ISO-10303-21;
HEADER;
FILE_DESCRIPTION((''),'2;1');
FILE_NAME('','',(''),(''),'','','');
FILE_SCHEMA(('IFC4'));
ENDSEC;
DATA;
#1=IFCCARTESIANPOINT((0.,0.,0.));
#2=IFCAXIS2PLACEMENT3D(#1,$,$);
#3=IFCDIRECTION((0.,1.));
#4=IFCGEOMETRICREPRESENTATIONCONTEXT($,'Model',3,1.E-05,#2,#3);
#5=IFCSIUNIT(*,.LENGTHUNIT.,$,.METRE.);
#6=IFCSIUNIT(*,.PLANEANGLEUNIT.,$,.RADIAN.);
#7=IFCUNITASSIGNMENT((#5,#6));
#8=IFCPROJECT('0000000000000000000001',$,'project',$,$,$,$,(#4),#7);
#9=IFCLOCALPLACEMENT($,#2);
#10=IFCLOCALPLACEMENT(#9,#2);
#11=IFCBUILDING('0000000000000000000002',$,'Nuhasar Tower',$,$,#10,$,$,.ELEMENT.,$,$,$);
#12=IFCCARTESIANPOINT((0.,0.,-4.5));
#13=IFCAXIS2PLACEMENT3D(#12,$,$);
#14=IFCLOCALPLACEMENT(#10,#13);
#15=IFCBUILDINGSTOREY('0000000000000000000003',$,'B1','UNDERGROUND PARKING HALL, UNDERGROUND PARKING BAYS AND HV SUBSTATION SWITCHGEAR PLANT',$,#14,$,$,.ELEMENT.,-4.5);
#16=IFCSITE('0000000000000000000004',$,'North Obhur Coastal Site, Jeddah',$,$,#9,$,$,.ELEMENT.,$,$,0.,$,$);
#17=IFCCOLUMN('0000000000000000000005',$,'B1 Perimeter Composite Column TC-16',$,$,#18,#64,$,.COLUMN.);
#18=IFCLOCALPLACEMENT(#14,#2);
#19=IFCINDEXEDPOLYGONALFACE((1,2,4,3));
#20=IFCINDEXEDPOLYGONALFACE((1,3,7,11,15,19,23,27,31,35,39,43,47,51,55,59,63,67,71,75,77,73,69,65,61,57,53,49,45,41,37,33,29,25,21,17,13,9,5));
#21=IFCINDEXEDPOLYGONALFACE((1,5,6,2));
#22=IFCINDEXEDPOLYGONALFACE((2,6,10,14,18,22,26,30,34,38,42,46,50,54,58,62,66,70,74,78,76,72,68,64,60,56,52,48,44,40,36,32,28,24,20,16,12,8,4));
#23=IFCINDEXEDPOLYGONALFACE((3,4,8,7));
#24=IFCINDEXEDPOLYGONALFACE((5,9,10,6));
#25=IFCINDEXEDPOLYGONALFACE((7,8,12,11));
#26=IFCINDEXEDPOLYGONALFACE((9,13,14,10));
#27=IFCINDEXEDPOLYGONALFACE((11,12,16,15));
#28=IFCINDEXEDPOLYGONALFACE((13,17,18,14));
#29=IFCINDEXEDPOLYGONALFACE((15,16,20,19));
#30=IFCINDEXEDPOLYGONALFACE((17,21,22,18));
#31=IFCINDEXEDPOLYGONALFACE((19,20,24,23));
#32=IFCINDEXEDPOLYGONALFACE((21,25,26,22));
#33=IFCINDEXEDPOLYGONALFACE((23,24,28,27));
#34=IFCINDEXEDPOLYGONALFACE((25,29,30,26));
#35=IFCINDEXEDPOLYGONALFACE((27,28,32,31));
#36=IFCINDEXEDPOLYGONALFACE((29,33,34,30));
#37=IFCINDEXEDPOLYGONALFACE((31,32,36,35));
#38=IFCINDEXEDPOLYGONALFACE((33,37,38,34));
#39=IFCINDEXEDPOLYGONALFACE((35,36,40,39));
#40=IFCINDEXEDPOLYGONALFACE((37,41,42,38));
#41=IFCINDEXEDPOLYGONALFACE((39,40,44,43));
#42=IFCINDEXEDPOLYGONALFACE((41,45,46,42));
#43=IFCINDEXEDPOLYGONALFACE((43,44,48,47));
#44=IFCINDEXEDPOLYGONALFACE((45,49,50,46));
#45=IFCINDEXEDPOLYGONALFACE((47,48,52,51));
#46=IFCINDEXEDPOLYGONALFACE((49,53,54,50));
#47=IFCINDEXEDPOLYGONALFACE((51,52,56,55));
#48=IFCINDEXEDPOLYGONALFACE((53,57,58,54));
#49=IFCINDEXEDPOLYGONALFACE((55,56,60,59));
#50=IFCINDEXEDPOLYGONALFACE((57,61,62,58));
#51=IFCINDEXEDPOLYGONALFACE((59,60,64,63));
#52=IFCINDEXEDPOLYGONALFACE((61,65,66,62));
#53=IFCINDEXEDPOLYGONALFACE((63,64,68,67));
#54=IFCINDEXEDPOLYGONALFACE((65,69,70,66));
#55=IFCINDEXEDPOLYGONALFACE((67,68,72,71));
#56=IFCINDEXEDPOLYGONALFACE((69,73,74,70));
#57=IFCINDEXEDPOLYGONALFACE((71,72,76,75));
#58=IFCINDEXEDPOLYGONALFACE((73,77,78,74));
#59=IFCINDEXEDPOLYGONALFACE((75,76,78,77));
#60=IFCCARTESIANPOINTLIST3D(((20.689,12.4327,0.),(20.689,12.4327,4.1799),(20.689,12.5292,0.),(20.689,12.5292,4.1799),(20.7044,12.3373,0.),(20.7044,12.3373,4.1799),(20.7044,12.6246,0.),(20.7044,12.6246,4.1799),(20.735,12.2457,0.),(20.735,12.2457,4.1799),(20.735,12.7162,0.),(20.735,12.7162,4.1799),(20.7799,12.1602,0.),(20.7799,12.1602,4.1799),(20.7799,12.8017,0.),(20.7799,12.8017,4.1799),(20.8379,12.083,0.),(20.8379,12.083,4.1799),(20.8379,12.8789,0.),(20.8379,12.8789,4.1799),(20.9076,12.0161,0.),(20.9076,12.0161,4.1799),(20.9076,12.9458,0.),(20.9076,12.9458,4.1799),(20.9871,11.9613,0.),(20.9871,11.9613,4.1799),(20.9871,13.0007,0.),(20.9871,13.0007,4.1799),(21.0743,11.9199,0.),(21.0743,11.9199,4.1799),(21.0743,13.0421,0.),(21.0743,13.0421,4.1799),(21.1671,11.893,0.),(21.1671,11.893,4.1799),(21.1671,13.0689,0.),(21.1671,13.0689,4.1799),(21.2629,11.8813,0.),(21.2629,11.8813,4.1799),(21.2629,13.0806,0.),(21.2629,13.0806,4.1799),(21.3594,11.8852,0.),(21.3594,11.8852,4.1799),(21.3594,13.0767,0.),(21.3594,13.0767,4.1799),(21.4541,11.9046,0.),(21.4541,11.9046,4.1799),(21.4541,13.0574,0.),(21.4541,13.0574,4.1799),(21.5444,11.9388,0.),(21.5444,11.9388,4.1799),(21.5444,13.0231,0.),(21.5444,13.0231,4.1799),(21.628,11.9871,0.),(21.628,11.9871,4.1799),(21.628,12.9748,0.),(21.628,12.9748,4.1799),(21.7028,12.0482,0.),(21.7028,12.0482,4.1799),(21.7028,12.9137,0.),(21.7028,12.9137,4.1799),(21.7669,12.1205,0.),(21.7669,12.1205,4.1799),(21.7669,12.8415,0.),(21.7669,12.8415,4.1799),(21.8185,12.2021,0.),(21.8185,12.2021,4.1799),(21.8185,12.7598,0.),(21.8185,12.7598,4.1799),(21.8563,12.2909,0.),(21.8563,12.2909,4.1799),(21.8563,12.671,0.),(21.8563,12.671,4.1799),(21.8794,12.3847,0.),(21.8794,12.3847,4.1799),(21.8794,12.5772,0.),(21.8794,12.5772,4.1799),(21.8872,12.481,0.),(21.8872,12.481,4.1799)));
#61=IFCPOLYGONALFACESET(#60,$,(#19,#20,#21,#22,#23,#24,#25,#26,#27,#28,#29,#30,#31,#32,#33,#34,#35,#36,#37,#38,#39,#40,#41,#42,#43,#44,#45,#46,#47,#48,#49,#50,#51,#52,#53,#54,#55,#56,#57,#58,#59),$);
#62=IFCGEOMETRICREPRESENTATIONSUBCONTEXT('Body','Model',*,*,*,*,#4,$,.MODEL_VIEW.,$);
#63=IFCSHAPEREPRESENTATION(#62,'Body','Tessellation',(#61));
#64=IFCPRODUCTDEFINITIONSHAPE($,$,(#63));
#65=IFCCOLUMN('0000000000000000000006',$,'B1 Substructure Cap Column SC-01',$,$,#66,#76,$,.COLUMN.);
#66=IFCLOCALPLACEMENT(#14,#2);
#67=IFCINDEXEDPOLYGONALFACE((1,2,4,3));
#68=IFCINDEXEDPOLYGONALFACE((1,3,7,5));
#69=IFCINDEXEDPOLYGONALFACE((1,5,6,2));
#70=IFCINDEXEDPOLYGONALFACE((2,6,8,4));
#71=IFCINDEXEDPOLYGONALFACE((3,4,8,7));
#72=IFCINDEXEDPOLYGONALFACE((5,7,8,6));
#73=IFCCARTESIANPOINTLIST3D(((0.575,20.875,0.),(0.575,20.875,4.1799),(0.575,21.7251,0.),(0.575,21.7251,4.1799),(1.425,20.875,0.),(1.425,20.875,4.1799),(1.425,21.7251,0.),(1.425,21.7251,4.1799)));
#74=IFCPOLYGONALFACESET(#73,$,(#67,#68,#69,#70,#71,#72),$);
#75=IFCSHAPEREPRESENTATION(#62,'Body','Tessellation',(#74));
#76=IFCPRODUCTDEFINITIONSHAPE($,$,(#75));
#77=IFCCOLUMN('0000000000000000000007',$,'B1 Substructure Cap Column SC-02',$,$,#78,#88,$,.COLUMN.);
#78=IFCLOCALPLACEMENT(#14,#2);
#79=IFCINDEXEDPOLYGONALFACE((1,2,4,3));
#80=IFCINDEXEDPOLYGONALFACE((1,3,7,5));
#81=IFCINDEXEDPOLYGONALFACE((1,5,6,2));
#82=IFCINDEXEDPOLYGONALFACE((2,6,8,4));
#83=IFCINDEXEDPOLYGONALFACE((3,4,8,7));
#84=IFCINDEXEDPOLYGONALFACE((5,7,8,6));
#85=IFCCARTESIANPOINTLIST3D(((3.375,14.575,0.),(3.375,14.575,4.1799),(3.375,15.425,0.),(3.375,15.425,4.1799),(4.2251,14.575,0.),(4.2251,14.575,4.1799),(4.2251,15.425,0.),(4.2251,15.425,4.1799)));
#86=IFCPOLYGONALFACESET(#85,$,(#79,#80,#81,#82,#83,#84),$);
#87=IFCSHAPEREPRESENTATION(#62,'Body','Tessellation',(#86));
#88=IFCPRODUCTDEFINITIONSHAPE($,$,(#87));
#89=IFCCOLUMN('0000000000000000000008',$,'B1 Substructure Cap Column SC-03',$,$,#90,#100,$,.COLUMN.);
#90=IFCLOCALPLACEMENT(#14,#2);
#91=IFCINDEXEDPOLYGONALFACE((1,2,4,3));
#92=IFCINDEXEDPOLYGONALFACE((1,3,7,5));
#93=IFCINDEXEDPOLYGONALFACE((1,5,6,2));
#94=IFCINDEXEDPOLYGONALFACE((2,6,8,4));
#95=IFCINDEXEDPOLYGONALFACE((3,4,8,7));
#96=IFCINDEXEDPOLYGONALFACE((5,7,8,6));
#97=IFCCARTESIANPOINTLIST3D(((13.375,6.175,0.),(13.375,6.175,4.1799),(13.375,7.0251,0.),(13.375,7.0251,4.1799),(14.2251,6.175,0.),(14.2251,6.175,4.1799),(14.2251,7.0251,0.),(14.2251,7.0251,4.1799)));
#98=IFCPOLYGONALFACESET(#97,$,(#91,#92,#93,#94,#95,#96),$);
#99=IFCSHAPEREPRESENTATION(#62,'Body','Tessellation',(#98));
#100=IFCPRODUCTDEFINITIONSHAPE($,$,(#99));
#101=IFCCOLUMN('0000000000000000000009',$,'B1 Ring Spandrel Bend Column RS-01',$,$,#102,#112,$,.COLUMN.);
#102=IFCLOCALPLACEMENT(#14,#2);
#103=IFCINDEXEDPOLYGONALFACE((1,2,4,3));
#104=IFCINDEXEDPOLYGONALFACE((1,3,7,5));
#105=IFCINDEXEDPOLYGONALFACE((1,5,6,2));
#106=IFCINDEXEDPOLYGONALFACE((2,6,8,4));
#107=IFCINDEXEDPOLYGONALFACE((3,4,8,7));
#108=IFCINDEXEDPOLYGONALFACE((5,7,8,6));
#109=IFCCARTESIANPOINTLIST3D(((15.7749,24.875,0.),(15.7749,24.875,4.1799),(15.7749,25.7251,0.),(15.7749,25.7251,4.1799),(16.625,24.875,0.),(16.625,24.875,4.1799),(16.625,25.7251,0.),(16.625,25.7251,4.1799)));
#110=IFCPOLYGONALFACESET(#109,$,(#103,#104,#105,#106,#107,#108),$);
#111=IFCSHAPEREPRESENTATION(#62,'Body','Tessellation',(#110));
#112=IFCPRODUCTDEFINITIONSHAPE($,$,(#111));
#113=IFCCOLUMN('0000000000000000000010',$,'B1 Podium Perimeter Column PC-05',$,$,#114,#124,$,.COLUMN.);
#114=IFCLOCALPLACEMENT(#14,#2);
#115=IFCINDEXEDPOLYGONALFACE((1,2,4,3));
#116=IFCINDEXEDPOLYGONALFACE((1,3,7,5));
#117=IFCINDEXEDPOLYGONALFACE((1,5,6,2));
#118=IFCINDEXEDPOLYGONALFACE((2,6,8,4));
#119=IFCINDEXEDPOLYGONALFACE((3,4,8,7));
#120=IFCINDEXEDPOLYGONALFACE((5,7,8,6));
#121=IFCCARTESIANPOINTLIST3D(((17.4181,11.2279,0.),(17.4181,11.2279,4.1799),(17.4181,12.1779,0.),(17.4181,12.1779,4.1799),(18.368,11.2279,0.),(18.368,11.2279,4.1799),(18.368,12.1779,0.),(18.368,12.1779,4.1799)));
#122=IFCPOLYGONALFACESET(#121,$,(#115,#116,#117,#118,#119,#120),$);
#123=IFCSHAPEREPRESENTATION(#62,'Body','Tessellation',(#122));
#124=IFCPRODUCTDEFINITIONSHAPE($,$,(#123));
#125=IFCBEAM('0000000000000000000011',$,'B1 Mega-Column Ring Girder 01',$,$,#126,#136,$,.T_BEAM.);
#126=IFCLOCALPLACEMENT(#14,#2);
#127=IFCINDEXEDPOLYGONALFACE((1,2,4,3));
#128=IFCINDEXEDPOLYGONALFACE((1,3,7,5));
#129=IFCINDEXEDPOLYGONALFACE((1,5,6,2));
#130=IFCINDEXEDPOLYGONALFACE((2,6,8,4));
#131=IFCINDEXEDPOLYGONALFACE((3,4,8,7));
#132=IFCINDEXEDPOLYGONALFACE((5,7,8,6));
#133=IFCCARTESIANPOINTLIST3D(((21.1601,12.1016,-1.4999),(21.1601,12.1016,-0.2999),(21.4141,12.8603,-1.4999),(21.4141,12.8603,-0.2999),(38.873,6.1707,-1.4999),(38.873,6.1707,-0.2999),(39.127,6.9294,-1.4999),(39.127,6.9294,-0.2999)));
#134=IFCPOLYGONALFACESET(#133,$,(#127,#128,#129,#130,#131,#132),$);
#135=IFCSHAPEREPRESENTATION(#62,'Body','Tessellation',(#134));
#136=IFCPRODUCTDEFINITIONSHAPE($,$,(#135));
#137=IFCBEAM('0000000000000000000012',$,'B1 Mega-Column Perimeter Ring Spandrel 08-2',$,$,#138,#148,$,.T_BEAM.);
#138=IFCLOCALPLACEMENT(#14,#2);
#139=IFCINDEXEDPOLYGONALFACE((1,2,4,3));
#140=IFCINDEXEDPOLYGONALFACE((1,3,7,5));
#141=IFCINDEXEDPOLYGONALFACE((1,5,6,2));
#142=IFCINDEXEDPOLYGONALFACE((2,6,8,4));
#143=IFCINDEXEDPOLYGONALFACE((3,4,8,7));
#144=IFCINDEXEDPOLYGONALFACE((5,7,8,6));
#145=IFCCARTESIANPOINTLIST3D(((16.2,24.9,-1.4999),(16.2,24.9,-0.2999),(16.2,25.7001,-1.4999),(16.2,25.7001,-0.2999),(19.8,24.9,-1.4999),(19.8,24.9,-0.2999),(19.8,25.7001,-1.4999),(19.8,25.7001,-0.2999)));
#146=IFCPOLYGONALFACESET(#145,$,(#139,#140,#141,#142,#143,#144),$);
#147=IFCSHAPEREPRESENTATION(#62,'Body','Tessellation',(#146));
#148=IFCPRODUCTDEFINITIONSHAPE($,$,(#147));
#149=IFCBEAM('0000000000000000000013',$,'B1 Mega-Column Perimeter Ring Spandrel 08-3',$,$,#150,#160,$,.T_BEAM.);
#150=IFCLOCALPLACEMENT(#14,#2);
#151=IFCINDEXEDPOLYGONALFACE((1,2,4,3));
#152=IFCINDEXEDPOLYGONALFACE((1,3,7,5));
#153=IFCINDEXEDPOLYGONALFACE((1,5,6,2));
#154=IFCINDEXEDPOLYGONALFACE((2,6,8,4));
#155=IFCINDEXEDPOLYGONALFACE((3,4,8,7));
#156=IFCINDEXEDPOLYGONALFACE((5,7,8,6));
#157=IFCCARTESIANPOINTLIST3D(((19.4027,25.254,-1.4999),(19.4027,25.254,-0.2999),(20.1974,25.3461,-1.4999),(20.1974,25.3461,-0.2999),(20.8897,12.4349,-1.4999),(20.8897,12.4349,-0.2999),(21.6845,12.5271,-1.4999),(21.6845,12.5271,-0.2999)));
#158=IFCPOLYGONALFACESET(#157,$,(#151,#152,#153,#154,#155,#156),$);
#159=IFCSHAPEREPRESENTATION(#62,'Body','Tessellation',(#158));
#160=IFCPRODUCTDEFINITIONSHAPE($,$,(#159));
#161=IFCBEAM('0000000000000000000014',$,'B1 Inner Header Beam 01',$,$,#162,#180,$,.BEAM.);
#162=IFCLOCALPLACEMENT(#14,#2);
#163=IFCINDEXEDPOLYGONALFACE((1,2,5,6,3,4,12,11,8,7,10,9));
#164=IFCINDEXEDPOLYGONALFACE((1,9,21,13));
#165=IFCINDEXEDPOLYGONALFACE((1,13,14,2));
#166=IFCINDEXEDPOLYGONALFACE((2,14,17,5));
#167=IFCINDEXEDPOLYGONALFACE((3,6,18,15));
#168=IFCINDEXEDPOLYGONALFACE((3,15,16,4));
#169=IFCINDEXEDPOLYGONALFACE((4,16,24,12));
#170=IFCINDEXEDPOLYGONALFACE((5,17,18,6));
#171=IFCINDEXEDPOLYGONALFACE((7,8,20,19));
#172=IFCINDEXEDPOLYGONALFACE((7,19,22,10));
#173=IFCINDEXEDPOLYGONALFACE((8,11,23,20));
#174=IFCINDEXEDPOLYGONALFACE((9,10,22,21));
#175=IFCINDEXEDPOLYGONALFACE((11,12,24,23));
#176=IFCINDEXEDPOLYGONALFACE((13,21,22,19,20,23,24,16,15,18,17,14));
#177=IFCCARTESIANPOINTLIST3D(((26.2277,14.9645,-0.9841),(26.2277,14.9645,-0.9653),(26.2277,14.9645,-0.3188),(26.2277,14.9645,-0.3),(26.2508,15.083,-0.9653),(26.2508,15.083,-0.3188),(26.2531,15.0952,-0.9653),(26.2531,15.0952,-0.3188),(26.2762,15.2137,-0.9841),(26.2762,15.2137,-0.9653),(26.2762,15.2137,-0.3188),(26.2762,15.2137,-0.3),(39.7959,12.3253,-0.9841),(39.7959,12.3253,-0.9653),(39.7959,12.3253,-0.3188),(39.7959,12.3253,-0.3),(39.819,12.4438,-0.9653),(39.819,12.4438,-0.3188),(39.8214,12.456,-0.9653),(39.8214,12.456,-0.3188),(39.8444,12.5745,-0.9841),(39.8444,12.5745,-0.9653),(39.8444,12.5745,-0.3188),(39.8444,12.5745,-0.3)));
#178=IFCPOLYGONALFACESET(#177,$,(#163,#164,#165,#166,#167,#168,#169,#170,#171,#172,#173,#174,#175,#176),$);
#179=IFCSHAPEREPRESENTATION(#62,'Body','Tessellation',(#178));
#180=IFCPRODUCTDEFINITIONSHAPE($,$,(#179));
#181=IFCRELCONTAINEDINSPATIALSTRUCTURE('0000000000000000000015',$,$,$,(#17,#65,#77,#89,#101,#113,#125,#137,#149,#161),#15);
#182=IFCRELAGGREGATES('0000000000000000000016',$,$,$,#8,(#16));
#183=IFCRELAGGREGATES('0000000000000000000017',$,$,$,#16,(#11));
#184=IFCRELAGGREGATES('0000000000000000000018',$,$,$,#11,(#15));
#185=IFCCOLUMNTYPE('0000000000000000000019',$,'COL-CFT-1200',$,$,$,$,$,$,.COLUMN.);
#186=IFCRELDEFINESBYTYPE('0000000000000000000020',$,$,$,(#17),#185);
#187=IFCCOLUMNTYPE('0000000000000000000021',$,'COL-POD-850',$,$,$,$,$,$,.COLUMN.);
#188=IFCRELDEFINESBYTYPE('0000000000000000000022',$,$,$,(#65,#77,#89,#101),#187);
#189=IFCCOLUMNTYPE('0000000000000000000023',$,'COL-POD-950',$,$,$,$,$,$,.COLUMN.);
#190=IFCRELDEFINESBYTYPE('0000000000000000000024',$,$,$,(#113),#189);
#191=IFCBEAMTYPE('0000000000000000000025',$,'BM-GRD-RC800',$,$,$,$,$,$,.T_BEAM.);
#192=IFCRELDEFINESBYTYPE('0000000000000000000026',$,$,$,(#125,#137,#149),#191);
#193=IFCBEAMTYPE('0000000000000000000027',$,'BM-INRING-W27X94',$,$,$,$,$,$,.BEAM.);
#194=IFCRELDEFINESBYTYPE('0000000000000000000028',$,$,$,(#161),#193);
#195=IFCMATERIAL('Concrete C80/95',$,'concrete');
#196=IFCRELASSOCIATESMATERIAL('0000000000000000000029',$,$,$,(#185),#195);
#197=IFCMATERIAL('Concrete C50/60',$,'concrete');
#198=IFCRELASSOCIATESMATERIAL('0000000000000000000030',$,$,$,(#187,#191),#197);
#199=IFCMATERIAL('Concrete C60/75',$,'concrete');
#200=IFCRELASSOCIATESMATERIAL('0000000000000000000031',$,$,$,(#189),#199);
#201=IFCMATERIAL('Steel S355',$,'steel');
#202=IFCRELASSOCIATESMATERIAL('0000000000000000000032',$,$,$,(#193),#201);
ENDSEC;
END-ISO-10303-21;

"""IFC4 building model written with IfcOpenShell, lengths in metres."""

from ifc_helpers import new_model, si_unit, direction, frame, origin, origin_2d, place, context, subcontext, project, spatial, rectangle, circle, i_section, extrude, material, material_profile, profile_set, type_object, element, save


model = new_model("IFC4")

# Units and contexts
model_context = context("Model", 3, precision=1e-05, world=origin(), true_north=direction((0.0, 1.0)))
body_context = subcontext(model_context, "Body", "Model", "MODEL_VIEW")
ifc_project = project(units=[si_unit("LENGTHUNIT", "METRE"), si_unit("PLANEANGLEUNIT", "RADIAN")], contexts=[model_context])

# Site, building, storey
site_placement = place(None, origin())
site = spatial("IfcSite", under=ifc_project, at=site_placement, Name="North Obhur Coastal Site, Jeddah", CompositionType="ELEMENT", RefElevation=0.0)
building_placement = place(site_placement, origin())
building = spatial("IfcBuilding", under=site, at=building_placement, Name="Nuhasar Tower", CompositionType="ELEMENT")
storey_placement = place(building_placement, frame((0.0, 0.0, -4.5)))
storey = spatial("IfcBuildingStorey", under=building, at=storey_placement, Name="B1", Description="UNDERGROUND PARKING HALL, UNDERGROUND PARKING BAYS AND HV SUBSTATION SWITCHGEAR PLANT", CompositionType="ELEMENT", Elevation=-4.5)

# Columns
ifc_material_1 = material(Name="Concrete C80/95", Category="concrete")
ifc_material_profile_1 = material_profile(ifc_material_1, circle(Radius=0.6001, at=origin_2d()), Name="CFT1200")
ifc_profile_set_1 = profile_set([ifc_material_profile_1], Name="Concrete C80/95")
column_type_1 = type_object("IfcColumnType", Name="COL-CFT-1200", PredefinedType="COLUMN", material=ifc_profile_set_1)
column_1_placement = place(storey_placement, frame((21.2871, 12.481, 0.0), z_axis=(0.0, 0.0, 1.0), x_axis=(1.0, 0.0, 0.0)))
element("IfcColumn", 1, at=column_1_placement, inside=storey, type_object=column_type_1, Name="B1 Perimeter Composite Column TC-16", PredefinedType="COLUMN", context=body_context, shape_type="SweptSolid", body=[
    extrude(circle(Radius=0.6001, at=origin_2d()), origin(), (0.0, 0.0, 1.0), 4.1799),
])
ifc_material_2 = material(Name="Concrete C50/60", Category="concrete")
ifc_material_profile_2 = material_profile(ifc_material_2, rectangle(XDim=0.8501, YDim=0.8501, at=origin_2d()), Name="RC850X850")
ifc_profile_set_2 = profile_set([ifc_material_profile_2], Name="Concrete C50/60")
column_type_2 = type_object("IfcColumnType", Name="COL-POD-850", PredefinedType="COLUMN", material=ifc_profile_set_2)
for number, where, z_axis, x_axis, name in (
    (2, (1.0, 21.3, 0.0), (0.0, 0.0, 1.0), (1.0, 0.0, 0.0), "B1 Substructure Cap Column SC-01"),
    (3, (3.8, 15.0, 0.0), (0.0, 0.0, 1.0), (1.0, 0.0, 0.0), "B1 Substructure Cap Column SC-02"),
    (4, (13.8, 6.6001, 0.0), (0.0, 0.0, 1.0), (1.0, 0.0, 0.0), "B1 Substructure Cap Column SC-03"),
    (5, (16.2, 25.3, 0.0), (0.0, 0.0, 1.0), (1.0, 0.0, 0.0), "B1 Ring Spandrel Bend Column RS-01"),
):
    element("IfcColumn", number, at=place(storey_placement, frame(where, z_axis=z_axis, x_axis=x_axis)), inside=storey, type_object=column_type_2, Name=name, PredefinedType="COLUMN", context=body_context, shape_type="SweptSolid", body=[
        extrude(rectangle(XDim=0.8501, YDim=0.8501, at=origin_2d()), origin(), (0.0, 0.0, 1.0), 4.1799),
    ])
ifc_material_3 = material(Name="Concrete C60/75", Category="concrete")
ifc_material_profile_3 = material_profile(ifc_material_3, rectangle(XDim=0.95, YDim=0.95, at=origin_2d()), Name="RC950X950")
ifc_profile_set_3 = profile_set([ifc_material_profile_3], Name="Concrete C60/75")
column_type_3 = type_object("IfcColumnType", Name="COL-POD-950", PredefinedType="COLUMN", material=ifc_profile_set_3)
column_2_placement = place(storey_placement, frame((17.8931, 11.7029, 0.0), z_axis=(0.0, 0.0, 1.0), x_axis=(1.0, 0.0, 0.0)))
element("IfcColumn", 6, at=column_2_placement, inside=storey, type_object=column_type_3, Name="B1 Podium Perimeter Column PC-05", PredefinedType="COLUMN", context=body_context, shape_type="SweptSolid", body=[
    extrude(rectangle(XDim=0.95, YDim=0.95, at=origin_2d()), origin(), (0.0, 0.0, 1.0), 4.1799),
])

# Beams
ifc_material_profile_4 = material_profile(ifc_material_2, rectangle(XDim=0.8, YDim=1.2, at=origin_2d()), Name="RC800X1200")
ifc_profile_set_4 = profile_set([ifc_material_profile_4], Name="Concrete C50/60")
beam_type_1 = type_object("IfcBeamType", Name="BM-GRD-RC800", PredefinedType="T_BEAM", material=ifc_profile_set_4)
beam_1_placement = place(storey_placement, frame((21.2871, 12.481, -0.8999), z_axis=(0.948255, -0.31751, 0.0), x_axis=(0.31751, 0.948255, 0.0)))
element("IfcBeam", 7, at=beam_1_placement, inside=storey, type_object=beam_type_1, Name="B1 Mega-Column Ring Girder 01", PredefinedType="T_BEAM", context=body_context, shape_type="SweptSolid", body=[
    extrude(rectangle(XDim=0.8, YDim=1.2, at=origin_2d()), origin(), (0.0, 0.0, 1.0), 18.6794),
])
beam_2_placement = place(storey_placement, frame((16.2, 25.3, -0.8999), z_axis=(1.0, 0.0, 0.0), x_axis=(0.0, 1.0, 0.0)))
element("IfcBeam", 8, at=beam_2_placement, inside=storey, type_object=beam_type_1, Name="B1 Mega-Column Perimeter Ring Spandrel 08-2", PredefinedType="T_BEAM", context=body_context, shape_type="SweptSolid", body=[
    extrude(rectangle(XDim=0.8, YDim=1.2, at=origin_2d()), origin(), (0.0, 0.0, 1.0), 3.6001),
])
beam_3_placement = place(storey_placement, frame((19.8, 25.3, -0.8999), z_axis=(0.115231, -0.993339, 0.0), x_axis=(0.993339, 0.115231, 0.0)))
element("IfcBeam", 9, at=beam_3_placement, inside=storey, type_object=beam_type_1, Name="B1 Mega-Column Perimeter Ring Spandrel 08-3", PredefinedType="T_BEAM", context=body_context, shape_type="SweptSolid", body=[
    extrude(rectangle(XDim=0.8, YDim=1.2, at=origin_2d()), origin(), (0.0, 0.0, 1.0), 12.905),
])
ifc_material_4 = material(Name="Steel S355", Category="steel")
ifc_material_profile_5 = material_profile(ifc_material_4, i_section(OverallWidth=0.2539, OverallDepth=0.6841, WebThickness=0.0125, FlangeThickness=0.0188, at=origin_2d()), Name="W27X94")
ifc_profile_set_5 = profile_set([ifc_material_profile_5], Name="Steel S355")
beam_type_2 = type_object("IfcBeamType", Name="BM-INRING-W27X94", PredefinedType="BEAM", material=ifc_profile_set_5)
beam_4_placement = place(storey_placement, frame((26.252, 15.0891, -0.6421), z_axis=(0.981603, -0.190933, 0.0), x_axis=(0.190933, 0.981603, 0.0)))
element("IfcBeam", 10, at=beam_4_placement, inside=storey, type_object=beam_type_2, Name="B1 Inner Header Beam 01", PredefinedType="BEAM", context=body_context, shape_type="SweptSolid", body=[
    extrude(i_section(OverallWidth=0.2539, OverallDepth=0.6841, WebThickness=0.0125, FlangeThickness=0.0188, at=origin_2d()), origin(), (0.0, 0.0, 1.0), 13.8225),
])

save(model, "model.ifc")
